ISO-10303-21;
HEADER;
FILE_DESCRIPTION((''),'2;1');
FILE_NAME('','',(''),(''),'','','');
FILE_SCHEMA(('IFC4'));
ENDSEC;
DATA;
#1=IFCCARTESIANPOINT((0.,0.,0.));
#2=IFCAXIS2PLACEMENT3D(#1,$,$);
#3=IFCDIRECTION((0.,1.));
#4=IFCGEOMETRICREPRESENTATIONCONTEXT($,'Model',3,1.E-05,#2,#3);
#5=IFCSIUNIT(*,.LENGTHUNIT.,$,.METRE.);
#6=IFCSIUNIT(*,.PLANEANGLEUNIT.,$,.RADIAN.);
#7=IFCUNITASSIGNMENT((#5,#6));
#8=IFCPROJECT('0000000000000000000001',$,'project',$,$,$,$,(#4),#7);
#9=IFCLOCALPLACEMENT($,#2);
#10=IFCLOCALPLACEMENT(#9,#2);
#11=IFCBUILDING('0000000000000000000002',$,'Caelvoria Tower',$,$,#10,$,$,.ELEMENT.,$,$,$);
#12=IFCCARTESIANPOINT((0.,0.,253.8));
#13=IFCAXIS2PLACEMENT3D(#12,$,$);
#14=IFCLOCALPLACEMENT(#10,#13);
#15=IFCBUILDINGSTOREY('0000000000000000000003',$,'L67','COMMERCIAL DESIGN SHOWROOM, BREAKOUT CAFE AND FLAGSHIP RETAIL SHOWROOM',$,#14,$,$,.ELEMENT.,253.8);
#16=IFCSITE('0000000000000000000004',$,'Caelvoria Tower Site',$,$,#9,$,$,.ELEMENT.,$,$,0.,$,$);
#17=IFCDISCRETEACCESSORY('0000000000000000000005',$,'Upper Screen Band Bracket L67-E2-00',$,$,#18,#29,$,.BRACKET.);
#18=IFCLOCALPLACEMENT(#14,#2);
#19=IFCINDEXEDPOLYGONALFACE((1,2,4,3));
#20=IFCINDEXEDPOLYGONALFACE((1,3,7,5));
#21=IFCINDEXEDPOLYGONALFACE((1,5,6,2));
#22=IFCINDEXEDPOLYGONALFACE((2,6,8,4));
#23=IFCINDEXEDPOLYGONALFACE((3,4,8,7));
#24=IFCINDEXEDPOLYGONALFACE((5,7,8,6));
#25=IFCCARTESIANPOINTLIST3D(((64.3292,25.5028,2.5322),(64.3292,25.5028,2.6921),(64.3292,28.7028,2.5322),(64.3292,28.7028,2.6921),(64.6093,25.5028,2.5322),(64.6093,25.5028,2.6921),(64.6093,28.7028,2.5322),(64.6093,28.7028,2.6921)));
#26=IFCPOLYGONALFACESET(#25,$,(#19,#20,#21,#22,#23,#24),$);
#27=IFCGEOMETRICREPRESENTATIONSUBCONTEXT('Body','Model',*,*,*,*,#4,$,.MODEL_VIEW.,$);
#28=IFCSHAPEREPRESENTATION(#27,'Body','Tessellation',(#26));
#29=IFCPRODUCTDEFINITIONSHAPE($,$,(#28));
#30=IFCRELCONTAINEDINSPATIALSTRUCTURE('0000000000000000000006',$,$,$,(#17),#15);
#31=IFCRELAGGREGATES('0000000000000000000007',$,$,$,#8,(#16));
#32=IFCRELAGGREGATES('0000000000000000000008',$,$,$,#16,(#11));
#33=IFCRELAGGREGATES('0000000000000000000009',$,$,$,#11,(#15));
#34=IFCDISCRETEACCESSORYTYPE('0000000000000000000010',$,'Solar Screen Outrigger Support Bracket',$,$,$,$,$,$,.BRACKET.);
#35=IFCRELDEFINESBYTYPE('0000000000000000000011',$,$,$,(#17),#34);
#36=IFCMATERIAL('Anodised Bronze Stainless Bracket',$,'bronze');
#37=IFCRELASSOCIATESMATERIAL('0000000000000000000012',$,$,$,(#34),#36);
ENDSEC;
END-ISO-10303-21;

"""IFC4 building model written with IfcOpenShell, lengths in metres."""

from ifc_helpers import new_model, si_unit, direction, frame, origin, origin_2d, place, context, subcontext, project, spatial, rectangle, extrude, material, type_object, element, save


model = new_model("IFC4")

# Units and contexts
model_context = context("Model", 3, precision=1e-05, world=origin(), true_north=direction((0.0, 1.0)))
body_context = subcontext(model_context, "Body", "Model", "MODEL_VIEW")
ifc_project = project(units=[si_unit("LENGTHUNIT", "METRE"), si_unit("PLANEANGLEUNIT", "RADIAN")], contexts=[model_context])

# Site, building, storey
site_placement = place(None, origin())
site = spatial("IfcSite", under=ifc_project, at=site_placement, Name="Caelvoria Tower Site", CompositionType="ELEMENT", RefElevation=0.0)
building_placement = place(site_placement, origin())
building = spatial("IfcBuilding", under=site, at=building_placement, Name="Caelvoria Tower", CompositionType="ELEMENT")
storey_placement = place(building_placement, frame((0.0, 0.0, 253.8)))
storey = spatial("IfcBuildingStorey", under=building, at=storey_placement, Name="L67", Description="COMMERCIAL DESIGN SHOWROOM, BREAKOUT CAFE AND FLAGSHIP RETAIL SHOWROOM", CompositionType="ELEMENT", Elevation=253.8)

# Discrete accessory
ifc_material_1 = material(Name="Anodised Bronze Stainless Bracket", Category="bronze")
discrete_accessory_type = type_object("IfcDiscreteAccessoryType", Name="Solar Screen Outrigger Support Bracket", PredefinedType="BRACKET", material=ifc_material_1)
for number, where, z_axis, x_axis, name in (
    (1, (64.4692, 27.1028, 2.5322), (0.0, 0.0, 1.0), (0.0, 1.0, 0.0), "Upper Screen Band Bracket L67-E2-00"),
):
    element("IfcDiscreteAccessory", number, at=place(storey_placement, frame(where, z_axis=z_axis, x_axis=x_axis)), inside=storey, type_object=discrete_accessory_type, Name=name, PredefinedType="BRACKET", context=body_context, shape_type="SweptSolid", body=[
        extrude(rectangle(XDim=3.2, YDim=0.28, at=origin_2d()), origin(), (0.0, 0.0, 1.0), 0.1599),
    ])

save(model, "model.ifc")
